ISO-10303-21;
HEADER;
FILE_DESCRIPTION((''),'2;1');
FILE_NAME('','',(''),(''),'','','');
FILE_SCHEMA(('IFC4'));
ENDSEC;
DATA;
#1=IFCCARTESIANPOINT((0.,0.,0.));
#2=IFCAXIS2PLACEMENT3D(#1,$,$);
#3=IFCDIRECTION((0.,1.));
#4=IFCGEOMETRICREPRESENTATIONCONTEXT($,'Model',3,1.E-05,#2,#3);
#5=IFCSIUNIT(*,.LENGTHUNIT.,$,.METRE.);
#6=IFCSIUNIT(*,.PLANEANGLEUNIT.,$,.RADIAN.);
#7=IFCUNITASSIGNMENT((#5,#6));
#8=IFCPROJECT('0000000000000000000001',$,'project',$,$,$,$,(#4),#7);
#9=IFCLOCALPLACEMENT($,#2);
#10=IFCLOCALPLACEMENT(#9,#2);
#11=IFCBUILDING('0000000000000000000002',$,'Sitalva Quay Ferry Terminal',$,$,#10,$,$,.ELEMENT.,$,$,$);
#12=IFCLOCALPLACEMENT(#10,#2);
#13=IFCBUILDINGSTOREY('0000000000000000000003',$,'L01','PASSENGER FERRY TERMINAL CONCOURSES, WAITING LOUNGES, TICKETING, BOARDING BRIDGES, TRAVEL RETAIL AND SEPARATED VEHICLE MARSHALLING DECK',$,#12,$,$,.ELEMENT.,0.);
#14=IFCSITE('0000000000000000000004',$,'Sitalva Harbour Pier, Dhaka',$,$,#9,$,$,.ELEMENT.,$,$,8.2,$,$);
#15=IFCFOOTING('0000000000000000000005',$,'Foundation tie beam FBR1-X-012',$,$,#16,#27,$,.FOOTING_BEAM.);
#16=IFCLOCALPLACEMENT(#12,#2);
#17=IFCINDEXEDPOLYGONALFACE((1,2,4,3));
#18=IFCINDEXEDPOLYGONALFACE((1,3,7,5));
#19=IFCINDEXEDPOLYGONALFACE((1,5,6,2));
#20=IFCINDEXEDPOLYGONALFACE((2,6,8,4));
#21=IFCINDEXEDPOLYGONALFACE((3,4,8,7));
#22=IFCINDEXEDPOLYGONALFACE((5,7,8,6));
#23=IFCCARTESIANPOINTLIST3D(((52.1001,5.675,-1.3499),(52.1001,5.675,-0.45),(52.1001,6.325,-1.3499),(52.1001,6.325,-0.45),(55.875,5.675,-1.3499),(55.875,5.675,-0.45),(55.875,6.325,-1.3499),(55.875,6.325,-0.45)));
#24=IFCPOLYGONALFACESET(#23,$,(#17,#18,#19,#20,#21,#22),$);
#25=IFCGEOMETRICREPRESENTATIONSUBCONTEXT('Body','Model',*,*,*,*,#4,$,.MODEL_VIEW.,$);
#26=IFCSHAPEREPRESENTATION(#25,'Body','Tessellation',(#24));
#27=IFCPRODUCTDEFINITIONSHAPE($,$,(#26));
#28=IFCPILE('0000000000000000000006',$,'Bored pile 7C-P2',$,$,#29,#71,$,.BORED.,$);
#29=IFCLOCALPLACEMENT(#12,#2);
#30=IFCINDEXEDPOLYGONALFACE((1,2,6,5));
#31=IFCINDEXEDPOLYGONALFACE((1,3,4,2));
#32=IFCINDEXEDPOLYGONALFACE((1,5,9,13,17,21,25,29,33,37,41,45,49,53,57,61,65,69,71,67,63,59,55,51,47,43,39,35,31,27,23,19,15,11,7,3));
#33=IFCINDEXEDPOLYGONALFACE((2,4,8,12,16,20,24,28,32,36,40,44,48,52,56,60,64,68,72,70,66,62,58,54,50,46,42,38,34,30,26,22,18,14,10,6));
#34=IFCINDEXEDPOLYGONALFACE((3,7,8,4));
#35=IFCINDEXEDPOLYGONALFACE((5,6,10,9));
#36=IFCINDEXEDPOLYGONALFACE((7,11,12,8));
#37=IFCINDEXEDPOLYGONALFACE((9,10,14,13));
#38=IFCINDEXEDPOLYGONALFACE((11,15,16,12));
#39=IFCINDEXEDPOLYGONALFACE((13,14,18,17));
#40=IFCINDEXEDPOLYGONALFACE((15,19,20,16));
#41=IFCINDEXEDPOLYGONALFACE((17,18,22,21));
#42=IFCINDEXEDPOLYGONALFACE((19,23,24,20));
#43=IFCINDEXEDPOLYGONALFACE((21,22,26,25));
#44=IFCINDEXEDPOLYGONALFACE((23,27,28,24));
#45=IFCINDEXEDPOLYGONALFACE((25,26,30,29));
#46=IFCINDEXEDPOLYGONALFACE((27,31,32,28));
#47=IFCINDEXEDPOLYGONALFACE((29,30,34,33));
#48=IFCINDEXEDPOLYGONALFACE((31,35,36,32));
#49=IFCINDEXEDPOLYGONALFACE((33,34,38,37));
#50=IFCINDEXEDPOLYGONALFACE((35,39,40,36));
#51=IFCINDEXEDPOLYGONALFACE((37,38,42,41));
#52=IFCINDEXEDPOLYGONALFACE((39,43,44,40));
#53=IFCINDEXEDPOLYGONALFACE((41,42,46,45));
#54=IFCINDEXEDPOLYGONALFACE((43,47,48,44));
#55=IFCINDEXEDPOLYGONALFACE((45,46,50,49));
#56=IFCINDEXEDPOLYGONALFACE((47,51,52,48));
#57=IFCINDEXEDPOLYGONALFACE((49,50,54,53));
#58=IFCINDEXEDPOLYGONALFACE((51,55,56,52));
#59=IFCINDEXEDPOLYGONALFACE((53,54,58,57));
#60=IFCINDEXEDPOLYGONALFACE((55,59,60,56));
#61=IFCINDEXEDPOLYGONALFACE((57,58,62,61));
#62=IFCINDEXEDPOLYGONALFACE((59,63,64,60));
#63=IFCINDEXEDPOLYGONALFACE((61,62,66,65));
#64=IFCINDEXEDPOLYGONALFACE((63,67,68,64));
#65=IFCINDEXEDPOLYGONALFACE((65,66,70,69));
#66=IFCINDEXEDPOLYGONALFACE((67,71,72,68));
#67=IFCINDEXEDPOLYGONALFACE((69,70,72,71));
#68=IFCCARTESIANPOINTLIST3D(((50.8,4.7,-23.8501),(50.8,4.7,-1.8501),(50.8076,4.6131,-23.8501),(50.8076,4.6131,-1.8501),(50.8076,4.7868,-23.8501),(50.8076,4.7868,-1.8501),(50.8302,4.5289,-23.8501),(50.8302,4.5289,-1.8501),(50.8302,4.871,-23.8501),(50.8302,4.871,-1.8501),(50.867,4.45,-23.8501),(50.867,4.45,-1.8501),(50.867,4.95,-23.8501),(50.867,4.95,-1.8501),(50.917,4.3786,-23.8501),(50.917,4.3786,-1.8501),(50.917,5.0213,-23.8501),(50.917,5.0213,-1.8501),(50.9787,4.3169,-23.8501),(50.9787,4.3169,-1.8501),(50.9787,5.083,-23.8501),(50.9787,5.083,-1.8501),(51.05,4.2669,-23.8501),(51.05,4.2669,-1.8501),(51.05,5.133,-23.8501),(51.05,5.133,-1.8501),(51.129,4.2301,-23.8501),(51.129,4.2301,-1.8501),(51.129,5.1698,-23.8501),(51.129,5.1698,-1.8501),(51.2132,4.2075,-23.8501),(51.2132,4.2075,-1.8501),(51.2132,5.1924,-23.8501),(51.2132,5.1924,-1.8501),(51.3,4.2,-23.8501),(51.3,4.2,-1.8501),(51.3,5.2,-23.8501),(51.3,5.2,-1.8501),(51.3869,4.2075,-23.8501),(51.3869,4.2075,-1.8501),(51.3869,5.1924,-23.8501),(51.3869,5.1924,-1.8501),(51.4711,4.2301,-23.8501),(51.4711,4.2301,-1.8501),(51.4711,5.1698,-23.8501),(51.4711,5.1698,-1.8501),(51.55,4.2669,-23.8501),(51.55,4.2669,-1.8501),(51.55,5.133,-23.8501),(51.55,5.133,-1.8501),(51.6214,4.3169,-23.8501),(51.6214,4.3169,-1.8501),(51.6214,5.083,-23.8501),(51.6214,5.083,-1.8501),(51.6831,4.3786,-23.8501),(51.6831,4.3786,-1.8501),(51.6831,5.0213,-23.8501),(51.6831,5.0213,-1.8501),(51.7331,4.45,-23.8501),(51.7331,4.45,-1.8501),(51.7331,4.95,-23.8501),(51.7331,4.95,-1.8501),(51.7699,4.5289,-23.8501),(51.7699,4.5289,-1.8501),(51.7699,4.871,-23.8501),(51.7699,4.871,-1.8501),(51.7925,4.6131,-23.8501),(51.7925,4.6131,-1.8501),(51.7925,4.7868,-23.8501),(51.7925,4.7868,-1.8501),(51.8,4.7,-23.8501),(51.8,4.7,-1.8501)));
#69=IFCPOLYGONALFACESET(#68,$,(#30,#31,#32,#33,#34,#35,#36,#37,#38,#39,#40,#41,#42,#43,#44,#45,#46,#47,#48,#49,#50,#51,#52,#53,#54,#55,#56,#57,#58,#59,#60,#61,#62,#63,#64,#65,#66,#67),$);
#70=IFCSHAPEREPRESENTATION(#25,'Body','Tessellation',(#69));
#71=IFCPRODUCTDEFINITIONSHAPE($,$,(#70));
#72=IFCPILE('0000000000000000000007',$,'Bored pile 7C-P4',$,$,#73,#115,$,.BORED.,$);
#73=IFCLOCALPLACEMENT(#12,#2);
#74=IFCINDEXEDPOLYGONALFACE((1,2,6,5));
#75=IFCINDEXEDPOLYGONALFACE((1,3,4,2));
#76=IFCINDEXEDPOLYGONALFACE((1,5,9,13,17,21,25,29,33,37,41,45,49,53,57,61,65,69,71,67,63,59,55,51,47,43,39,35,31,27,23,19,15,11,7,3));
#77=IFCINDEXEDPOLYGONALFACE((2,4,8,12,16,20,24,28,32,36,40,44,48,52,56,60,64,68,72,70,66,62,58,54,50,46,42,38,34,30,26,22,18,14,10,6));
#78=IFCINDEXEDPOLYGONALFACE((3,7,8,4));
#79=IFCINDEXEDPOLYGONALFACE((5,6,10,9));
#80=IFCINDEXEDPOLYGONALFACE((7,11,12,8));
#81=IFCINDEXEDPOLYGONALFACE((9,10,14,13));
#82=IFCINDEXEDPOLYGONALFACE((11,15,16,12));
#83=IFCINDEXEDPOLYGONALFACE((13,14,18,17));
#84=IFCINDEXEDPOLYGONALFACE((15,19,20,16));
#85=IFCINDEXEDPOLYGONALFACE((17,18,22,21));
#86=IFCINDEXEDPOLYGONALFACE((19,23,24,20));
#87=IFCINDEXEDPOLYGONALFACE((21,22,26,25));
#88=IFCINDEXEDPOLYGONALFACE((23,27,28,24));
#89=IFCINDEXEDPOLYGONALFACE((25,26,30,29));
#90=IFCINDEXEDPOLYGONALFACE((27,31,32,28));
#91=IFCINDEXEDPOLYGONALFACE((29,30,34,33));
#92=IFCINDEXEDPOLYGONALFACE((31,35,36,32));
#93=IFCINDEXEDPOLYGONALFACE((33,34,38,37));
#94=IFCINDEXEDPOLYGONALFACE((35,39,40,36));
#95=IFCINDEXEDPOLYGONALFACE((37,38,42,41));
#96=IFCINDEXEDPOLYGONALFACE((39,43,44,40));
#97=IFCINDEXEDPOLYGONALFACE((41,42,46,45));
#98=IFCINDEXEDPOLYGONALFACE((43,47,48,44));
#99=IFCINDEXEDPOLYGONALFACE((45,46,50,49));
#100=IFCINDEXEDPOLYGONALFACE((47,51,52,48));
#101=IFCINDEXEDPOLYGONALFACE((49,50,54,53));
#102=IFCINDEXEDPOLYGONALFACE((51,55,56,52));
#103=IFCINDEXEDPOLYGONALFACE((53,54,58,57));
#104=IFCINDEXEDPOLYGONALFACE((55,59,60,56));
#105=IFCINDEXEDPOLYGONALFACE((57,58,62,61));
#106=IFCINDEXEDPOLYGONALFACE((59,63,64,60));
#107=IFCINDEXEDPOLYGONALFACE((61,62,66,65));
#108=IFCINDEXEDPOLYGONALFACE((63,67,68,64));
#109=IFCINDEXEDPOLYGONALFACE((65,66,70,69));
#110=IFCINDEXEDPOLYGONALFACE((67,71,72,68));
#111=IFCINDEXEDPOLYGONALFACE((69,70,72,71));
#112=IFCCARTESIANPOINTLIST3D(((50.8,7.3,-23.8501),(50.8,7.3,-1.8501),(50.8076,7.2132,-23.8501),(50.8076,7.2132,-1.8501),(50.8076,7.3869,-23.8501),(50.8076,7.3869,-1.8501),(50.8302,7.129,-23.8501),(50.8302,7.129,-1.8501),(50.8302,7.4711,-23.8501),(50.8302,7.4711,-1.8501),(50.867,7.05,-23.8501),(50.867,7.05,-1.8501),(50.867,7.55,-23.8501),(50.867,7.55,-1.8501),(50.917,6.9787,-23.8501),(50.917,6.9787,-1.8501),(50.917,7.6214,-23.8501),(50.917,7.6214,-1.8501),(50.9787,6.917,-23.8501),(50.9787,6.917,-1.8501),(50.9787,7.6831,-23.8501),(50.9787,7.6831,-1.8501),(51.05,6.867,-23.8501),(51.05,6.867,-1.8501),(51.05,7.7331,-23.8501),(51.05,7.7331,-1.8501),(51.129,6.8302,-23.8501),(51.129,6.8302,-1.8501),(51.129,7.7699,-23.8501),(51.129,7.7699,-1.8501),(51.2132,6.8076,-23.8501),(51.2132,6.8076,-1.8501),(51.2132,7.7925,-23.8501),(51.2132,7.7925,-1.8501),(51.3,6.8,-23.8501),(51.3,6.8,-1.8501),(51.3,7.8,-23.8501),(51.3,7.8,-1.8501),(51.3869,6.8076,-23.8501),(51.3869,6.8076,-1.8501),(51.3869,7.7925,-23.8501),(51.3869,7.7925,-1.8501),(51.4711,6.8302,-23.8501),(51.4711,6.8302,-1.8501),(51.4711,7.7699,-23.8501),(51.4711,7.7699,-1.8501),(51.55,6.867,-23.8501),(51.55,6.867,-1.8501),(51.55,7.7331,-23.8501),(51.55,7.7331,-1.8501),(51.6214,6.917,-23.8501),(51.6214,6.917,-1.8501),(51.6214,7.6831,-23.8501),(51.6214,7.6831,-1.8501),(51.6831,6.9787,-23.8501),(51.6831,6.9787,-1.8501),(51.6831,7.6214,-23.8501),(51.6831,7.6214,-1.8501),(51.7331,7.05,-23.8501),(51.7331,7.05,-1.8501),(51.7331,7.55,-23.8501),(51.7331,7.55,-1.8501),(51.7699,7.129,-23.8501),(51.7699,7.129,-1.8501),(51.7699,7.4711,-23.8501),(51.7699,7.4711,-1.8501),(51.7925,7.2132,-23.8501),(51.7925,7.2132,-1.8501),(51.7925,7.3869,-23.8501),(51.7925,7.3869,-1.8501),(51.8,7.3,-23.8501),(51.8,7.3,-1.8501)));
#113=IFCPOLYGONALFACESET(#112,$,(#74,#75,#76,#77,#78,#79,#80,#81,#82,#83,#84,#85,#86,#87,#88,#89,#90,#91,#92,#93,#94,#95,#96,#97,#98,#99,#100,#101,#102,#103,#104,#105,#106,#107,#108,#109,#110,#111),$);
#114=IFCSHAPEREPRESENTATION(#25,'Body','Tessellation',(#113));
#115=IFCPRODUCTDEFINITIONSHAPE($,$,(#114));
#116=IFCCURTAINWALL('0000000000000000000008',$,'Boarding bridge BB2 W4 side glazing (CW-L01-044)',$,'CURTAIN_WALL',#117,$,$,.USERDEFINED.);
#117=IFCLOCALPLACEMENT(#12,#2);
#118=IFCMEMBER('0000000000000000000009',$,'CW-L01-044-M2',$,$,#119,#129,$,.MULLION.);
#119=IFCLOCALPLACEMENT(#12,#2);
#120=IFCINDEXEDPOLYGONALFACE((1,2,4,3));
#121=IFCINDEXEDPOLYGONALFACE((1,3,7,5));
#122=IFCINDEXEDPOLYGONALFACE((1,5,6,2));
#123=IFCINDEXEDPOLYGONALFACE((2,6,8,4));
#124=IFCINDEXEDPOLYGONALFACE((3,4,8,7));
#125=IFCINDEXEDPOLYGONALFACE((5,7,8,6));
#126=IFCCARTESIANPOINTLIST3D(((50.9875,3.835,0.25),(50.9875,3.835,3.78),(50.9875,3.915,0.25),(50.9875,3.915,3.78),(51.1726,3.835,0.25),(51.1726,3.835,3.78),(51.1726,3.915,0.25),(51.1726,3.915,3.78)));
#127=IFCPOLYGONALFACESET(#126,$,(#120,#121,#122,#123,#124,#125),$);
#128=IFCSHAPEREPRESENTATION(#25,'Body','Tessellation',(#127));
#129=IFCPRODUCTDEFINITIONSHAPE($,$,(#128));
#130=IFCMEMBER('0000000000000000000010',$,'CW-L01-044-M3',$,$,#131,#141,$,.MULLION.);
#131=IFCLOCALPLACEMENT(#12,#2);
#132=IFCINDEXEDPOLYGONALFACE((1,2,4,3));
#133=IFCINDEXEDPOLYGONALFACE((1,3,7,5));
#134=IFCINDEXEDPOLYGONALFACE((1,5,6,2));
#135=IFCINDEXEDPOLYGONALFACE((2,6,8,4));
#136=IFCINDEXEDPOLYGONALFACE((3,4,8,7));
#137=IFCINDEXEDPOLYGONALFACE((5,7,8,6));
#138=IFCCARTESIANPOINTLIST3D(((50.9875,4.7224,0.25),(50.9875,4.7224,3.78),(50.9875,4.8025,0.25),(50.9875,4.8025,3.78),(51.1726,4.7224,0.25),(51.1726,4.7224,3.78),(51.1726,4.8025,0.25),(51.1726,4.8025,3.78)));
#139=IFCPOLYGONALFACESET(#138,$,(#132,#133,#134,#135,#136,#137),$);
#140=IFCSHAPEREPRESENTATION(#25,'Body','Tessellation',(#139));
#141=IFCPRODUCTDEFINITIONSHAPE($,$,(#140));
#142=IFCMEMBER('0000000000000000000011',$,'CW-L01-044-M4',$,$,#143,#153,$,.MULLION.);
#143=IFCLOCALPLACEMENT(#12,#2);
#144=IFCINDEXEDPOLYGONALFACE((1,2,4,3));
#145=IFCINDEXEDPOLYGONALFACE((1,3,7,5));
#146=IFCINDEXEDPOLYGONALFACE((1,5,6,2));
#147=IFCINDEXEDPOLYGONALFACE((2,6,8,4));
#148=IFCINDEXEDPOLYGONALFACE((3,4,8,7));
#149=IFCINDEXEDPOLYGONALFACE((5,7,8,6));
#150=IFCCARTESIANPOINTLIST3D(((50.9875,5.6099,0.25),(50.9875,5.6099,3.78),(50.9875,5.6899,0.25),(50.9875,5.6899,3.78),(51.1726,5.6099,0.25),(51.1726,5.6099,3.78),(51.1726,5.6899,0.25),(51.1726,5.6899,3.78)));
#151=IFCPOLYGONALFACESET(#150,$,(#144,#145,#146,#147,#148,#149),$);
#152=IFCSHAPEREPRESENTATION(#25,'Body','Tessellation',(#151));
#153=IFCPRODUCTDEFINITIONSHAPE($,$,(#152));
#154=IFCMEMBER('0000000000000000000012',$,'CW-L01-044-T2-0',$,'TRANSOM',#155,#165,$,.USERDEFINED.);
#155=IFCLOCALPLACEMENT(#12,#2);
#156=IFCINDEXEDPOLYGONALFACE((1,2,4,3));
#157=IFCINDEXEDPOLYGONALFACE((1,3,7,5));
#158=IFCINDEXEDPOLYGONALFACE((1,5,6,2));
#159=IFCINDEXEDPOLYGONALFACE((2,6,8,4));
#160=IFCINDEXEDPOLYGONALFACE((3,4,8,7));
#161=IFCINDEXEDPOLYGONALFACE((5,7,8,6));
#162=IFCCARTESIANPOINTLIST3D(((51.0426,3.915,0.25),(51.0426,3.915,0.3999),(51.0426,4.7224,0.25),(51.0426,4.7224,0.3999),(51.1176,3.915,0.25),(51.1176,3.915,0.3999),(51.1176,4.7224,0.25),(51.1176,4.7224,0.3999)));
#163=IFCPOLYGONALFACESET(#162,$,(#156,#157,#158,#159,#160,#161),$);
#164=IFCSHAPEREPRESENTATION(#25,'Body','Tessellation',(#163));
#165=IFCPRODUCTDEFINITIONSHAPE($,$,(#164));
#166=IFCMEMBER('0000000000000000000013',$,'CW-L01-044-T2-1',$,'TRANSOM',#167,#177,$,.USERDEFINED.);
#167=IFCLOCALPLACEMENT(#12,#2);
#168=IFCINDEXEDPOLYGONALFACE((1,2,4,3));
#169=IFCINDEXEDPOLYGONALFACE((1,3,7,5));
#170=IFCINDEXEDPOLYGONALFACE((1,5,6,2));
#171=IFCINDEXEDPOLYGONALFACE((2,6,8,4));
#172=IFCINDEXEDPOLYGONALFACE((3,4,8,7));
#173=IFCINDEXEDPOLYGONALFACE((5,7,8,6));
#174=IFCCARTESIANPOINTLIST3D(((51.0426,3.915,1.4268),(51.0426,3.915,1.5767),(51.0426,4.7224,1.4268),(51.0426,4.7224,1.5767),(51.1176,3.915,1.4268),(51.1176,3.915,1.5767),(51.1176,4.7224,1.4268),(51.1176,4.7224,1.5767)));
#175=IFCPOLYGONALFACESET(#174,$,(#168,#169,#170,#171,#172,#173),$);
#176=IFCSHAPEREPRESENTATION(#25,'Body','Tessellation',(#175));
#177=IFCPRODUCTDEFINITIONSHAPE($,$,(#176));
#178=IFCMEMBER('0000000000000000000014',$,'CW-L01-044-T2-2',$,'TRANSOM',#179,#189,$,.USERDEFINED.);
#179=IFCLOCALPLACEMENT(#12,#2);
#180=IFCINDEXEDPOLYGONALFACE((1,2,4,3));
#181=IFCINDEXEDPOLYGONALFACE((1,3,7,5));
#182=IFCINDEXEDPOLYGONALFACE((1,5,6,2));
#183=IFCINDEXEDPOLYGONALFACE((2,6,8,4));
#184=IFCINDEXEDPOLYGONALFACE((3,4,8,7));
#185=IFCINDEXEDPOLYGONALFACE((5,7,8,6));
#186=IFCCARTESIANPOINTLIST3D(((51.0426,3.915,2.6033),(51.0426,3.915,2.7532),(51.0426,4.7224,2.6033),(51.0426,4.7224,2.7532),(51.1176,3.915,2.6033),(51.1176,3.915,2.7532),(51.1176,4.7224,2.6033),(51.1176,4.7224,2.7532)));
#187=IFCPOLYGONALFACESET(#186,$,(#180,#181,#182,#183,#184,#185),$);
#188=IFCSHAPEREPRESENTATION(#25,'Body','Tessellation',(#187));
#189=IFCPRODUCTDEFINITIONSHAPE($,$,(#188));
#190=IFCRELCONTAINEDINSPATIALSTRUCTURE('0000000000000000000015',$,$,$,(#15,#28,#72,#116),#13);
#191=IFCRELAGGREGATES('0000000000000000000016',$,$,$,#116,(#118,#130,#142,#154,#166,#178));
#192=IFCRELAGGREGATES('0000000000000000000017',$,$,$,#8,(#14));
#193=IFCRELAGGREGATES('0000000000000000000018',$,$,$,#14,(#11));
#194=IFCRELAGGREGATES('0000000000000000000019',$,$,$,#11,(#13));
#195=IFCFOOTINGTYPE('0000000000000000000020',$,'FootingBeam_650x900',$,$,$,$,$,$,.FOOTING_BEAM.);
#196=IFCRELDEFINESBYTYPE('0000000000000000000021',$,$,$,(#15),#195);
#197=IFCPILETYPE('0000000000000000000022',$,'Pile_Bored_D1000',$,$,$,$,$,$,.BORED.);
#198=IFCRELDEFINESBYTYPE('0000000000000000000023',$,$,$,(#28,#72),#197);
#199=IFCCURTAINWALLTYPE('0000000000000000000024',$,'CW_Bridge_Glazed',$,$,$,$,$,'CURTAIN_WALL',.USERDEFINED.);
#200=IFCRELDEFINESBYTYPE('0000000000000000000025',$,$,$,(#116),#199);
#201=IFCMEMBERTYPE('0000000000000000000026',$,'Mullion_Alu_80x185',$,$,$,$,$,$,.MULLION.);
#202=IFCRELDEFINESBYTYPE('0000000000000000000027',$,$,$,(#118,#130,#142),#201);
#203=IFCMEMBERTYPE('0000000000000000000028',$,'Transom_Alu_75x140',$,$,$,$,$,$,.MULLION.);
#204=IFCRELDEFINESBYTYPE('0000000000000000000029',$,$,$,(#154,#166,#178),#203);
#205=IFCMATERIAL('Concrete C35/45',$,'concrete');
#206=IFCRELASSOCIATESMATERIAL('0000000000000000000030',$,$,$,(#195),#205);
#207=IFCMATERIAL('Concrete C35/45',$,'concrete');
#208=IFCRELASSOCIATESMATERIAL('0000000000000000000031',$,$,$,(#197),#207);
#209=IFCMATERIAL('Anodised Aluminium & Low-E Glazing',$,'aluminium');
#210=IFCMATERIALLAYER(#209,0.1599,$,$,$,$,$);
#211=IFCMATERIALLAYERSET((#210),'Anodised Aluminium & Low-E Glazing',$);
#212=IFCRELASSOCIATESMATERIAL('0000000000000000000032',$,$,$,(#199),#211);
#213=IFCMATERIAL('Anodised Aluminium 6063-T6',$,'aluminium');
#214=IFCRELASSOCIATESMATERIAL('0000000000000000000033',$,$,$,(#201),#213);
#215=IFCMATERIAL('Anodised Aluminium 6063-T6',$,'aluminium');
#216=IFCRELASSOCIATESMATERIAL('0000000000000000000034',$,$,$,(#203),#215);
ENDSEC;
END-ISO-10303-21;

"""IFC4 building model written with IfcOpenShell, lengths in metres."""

from ifc_helpers import new_model, si_unit, direction, frame, origin, origin_2d, place, context, subcontext, project, spatial, rectangle, circle, extrude, material, layer, layer_set, material_profile, profile_set, type_object, element, aggregate, save


model = new_model("IFC4")

# Units and contexts
model_context = context("Model", 3, precision=1e-05, world=origin(), true_north=direction((0.0, 1.0)))
body_context = subcontext(model_context, "Body", "Model", "MODEL_VIEW")
ifc_project = project(units=[si_unit("LENGTHUNIT", "METRE"), si_unit("PLANEANGLEUNIT", "RADIAN")], contexts=[model_context])

# Site, building, storey
site_placement = place(None, origin())
site = spatial("IfcSite", under=ifc_project, at=site_placement, Name="Sitalva Harbour Pier, Dhaka", CompositionType="ELEMENT", RefElevation=8.2)
building_placement = place(site_placement, origin())
building = spatial("IfcBuilding", under=site, at=building_placement, Name="Sitalva Quay Ferry Terminal", CompositionType="ELEMENT")
storey_placement = place(building_placement, origin())
storey = spatial("IfcBuildingStorey", under=building, at=storey_placement, Name="L01", Description="PASSENGER FERRY TERMINAL CONCOURSES, WAITING LOUNGES, TICKETING, BOARDING BRIDGES, TRAVEL RETAIL AND SEPARATED VEHICLE MARSHALLING DECK", CompositionType="ELEMENT", Elevation=0.0)

# Footing
ifc_material_1 = material(Name="Concrete C35/45", Category="concrete")
ifc_material_profile_1 = material_profile(ifc_material_1, rectangle(XDim=0.6499, YDim=0.8999, at=origin_2d()), Name="RC650x900")
ifc_profile_set_1 = profile_set([ifc_material_profile_1], Name="Concrete C35/45")
footing_type = type_object("IfcFootingType", Name="FootingBeam_650x900", PredefinedType="FOOTING_BEAM", material=ifc_profile_set_1)
footing_placement = place(storey_placement, frame((52.1001, 6.0, -0.8999), z_axis=(1.0, 0.0, 0.0), x_axis=(0.0, 1.0, 0.0)))
element("IfcFooting", 1, at=footing_placement, inside=storey, type_object=footing_type, Name="Foundation tie beam FBR1-X-012", PredefinedType="FOOTING_BEAM", context=body_context, shape_type="SweptSolid", body=[
    extrude(rectangle(XDim=0.6499, YDim=0.8999, at=origin_2d()), origin(), (0.0, 0.0, 1.0), 3.7749),
])

# Piles
ifc_material_2 = material(Name="Concrete C35/45", Category="concrete")
ifc_material_profile_2 = material_profile(ifc_material_2, circle(Radius=0.5, at=origin_2d()), Name="PILE-D1000")
ifc_profile_set_2 = profile_set([ifc_material_profile_2], Name="Concrete C35/45")
pile_type = type_object("IfcPileType", Name="Pile_Bored_D1000", PredefinedType="BORED", material=ifc_profile_set_2)
for number, where, z_axis, x_axis, name in (
    (2, (51.3, 4.7, -1.8501), (0.0, 0.0, -1.0), (1.0, 0.0, 0.0), "Bored pile 7C-P2"),
    (3, (51.3, 7.3, -1.8501), (0.0, 0.0, -1.0), (1.0, 0.0, 0.0), "Bored pile 7C-P4"),
):
    element("IfcPile", number, at=place(storey_placement, frame(where, z_axis=z_axis, x_axis=x_axis)), inside=storey, type_object=pile_type, Name=name, PredefinedType="BORED", context=body_context, shape_type="SweptSolid", body=[
        extrude(circle(Radius=0.5, at=origin_2d()), origin(), (0.0, 0.0, 1.0), 22.0),
    ])

# Curtain wall, members
ifc_material_3 = material(Name="Anodised Aluminium & Low-E Glazing", Category="aluminium")
ifc_layer_1 = layer(ifc_material_3, 0.1599)
ifc_layer_set_1 = layer_set([ifc_layer_1], Name="Anodised Aluminium & Low-E Glazing")
curtain_wall_type = type_object("IfcCurtainWallType", Name="CW_Bridge_Glazed", ElementType="CURTAIN_WALL", PredefinedType="USERDEFINED", material=ifc_layer_set_1)
curtain_wall_placement = place(storey_placement, origin())
curtain_wall = element("IfcCurtainWall", 4, at=curtain_wall_placement, inside=storey, type_object=curtain_wall_type, Name="Boarding bridge BB2 W4 side glazing (CW-L01-044)", ObjectType="CURTAIN_WALL", PredefinedType="USERDEFINED")
ifc_material_4 = material(Name="Anodised Aluminium 6063-T6", Category="aluminium")
ifc_material_profile_3 = material_profile(ifc_material_4, rectangle(XDim=0.0801, YDim=0.1851, at=origin_2d()), Name="ALU80x185")
ifc_profile_set_3 = profile_set([ifc_material_profile_3], Name="Anodised Aluminium 6063-T6")
member_type_1 = type_object("IfcMemberType", Name="Mullion_Alu_80x185", PredefinedType="MULLION", material=ifc_profile_set_3)
member_1_placement = place(storey_placement, frame((51.0801, 3.875, 0.25), z_axis=(0.0, 0.0, 1.0), x_axis=(0.0, 1.0, 0.0)))
member_1 = element("IfcMember", 5, at=member_1_placement, type_object=member_type_1, Name="CW-L01-044-M2", PredefinedType="MULLION", context=body_context, shape_type="SweptSolid", body=[
    extrude(rectangle(XDim=0.0801, YDim=0.1851, at=origin_2d()), origin(), (0.0, 0.0, 1.0), 3.53),
])
member_2_placement = place(storey_placement, frame((51.0801, 4.7625, 0.25), z_axis=(0.0, 0.0, 1.0), x_axis=(0.0, 1.0, 0.0)))
member_2 = element("IfcMember", 6, at=member_2_placement, type_object=member_type_1, Name="CW-L01-044-M3", PredefinedType="MULLION", context=body_context, shape_type="SweptSolid", body=[
    extrude(rectangle(XDim=0.0801, YDim=0.1851, at=origin_2d()), origin(), (0.0, 0.0, 1.0), 3.53),
])
member_3_placement = place(storey_placement, frame((51.0801, 5.6499, 0.25), z_axis=(0.0, 0.0, 1.0), x_axis=(0.0, 1.0, 0.0)))
member_3 = element("IfcMember", 7, at=member_3_placement, type_object=member_type_1, Name="CW-L01-044-M4", PredefinedType="MULLION", context=body_context, shape_type="SweptSolid", body=[
    extrude(rectangle(XDim=0.0801, YDim=0.1851, at=origin_2d()), origin(), (0.0, 0.0, 1.0), 3.53),
])
ifc_material_5 = material(Name="Anodised Aluminium 6063-T6", Category="aluminium")
ifc_material_profile_4 = material_profile(ifc_material_5, rectangle(XDim=0.075, YDim=0.1499, at=origin_2d()), Name="ALU75x150")
ifc_profile_set_4 = profile_set([ifc_material_profile_4], Name="Anodised Aluminium 6063-T6")
member_type_2 = type_object("IfcMemberType", Name="Transom_Alu_75x140", PredefinedType="MULLION", material=ifc_profile_set_4)
member_4_placement = place(storey_placement, frame((51.0801, 3.915, 0.325), z_axis=(0.0, 1.0, 0.0), x_axis=(-1.0, 0.0, 0.0)))
member_4 = element("IfcMember", 8, at=member_4_placement, type_object=member_type_2, Name="CW-L01-044-T2-0", ObjectType="TRANSOM", PredefinedType="USERDEFINED", context=body_context, shape_type="SweptSolid", body=[
    extrude(rectangle(XDim=0.075, YDim=0.1499, at=origin_2d()), origin(), (0.0, 0.0, 1.0), 0.8074),
])
member_5_placement = place(storey_placement, frame((51.0801, 3.915, 1.5017), z_axis=(0.0, 1.0, 0.0), x_axis=(-1.0, 0.0, 0.0)))
member_5 = element("IfcMember", 9, at=member_5_placement, type_object=member_type_2, Name="CW-L01-044-T2-1", ObjectType="TRANSOM", PredefinedType="USERDEFINED", context=body_context, shape_type="SweptSolid", body=[
    extrude(rectangle(XDim=0.075, YDim=0.1499, at=origin_2d()), origin(), (0.0, 0.0, 1.0), 0.8074),
])
member_6_placement = place(storey_placement, frame((51.0801, 3.915, 2.6782), z_axis=(0.0, 1.0, 0.0), x_axis=(-1.0, 0.0, 0.0)))
member_6 = element("IfcMember", 10, at=member_6_placement, type_object=member_type_2, Name="CW-L01-044-T2-2", ObjectType="TRANSOM", PredefinedType="USERDEFINED", context=body_context, shape_type="SweptSolid", body=[
    extrude(rectangle(XDim=0.075, YDim=0.1499, at=origin_2d()), origin(), (0.0, 0.0, 1.0), 0.8074),
])

aggregate(curtain_wall, [member_1, member_2, member_3, member_4, member_5, member_6])

save(model, "model.ifc")
